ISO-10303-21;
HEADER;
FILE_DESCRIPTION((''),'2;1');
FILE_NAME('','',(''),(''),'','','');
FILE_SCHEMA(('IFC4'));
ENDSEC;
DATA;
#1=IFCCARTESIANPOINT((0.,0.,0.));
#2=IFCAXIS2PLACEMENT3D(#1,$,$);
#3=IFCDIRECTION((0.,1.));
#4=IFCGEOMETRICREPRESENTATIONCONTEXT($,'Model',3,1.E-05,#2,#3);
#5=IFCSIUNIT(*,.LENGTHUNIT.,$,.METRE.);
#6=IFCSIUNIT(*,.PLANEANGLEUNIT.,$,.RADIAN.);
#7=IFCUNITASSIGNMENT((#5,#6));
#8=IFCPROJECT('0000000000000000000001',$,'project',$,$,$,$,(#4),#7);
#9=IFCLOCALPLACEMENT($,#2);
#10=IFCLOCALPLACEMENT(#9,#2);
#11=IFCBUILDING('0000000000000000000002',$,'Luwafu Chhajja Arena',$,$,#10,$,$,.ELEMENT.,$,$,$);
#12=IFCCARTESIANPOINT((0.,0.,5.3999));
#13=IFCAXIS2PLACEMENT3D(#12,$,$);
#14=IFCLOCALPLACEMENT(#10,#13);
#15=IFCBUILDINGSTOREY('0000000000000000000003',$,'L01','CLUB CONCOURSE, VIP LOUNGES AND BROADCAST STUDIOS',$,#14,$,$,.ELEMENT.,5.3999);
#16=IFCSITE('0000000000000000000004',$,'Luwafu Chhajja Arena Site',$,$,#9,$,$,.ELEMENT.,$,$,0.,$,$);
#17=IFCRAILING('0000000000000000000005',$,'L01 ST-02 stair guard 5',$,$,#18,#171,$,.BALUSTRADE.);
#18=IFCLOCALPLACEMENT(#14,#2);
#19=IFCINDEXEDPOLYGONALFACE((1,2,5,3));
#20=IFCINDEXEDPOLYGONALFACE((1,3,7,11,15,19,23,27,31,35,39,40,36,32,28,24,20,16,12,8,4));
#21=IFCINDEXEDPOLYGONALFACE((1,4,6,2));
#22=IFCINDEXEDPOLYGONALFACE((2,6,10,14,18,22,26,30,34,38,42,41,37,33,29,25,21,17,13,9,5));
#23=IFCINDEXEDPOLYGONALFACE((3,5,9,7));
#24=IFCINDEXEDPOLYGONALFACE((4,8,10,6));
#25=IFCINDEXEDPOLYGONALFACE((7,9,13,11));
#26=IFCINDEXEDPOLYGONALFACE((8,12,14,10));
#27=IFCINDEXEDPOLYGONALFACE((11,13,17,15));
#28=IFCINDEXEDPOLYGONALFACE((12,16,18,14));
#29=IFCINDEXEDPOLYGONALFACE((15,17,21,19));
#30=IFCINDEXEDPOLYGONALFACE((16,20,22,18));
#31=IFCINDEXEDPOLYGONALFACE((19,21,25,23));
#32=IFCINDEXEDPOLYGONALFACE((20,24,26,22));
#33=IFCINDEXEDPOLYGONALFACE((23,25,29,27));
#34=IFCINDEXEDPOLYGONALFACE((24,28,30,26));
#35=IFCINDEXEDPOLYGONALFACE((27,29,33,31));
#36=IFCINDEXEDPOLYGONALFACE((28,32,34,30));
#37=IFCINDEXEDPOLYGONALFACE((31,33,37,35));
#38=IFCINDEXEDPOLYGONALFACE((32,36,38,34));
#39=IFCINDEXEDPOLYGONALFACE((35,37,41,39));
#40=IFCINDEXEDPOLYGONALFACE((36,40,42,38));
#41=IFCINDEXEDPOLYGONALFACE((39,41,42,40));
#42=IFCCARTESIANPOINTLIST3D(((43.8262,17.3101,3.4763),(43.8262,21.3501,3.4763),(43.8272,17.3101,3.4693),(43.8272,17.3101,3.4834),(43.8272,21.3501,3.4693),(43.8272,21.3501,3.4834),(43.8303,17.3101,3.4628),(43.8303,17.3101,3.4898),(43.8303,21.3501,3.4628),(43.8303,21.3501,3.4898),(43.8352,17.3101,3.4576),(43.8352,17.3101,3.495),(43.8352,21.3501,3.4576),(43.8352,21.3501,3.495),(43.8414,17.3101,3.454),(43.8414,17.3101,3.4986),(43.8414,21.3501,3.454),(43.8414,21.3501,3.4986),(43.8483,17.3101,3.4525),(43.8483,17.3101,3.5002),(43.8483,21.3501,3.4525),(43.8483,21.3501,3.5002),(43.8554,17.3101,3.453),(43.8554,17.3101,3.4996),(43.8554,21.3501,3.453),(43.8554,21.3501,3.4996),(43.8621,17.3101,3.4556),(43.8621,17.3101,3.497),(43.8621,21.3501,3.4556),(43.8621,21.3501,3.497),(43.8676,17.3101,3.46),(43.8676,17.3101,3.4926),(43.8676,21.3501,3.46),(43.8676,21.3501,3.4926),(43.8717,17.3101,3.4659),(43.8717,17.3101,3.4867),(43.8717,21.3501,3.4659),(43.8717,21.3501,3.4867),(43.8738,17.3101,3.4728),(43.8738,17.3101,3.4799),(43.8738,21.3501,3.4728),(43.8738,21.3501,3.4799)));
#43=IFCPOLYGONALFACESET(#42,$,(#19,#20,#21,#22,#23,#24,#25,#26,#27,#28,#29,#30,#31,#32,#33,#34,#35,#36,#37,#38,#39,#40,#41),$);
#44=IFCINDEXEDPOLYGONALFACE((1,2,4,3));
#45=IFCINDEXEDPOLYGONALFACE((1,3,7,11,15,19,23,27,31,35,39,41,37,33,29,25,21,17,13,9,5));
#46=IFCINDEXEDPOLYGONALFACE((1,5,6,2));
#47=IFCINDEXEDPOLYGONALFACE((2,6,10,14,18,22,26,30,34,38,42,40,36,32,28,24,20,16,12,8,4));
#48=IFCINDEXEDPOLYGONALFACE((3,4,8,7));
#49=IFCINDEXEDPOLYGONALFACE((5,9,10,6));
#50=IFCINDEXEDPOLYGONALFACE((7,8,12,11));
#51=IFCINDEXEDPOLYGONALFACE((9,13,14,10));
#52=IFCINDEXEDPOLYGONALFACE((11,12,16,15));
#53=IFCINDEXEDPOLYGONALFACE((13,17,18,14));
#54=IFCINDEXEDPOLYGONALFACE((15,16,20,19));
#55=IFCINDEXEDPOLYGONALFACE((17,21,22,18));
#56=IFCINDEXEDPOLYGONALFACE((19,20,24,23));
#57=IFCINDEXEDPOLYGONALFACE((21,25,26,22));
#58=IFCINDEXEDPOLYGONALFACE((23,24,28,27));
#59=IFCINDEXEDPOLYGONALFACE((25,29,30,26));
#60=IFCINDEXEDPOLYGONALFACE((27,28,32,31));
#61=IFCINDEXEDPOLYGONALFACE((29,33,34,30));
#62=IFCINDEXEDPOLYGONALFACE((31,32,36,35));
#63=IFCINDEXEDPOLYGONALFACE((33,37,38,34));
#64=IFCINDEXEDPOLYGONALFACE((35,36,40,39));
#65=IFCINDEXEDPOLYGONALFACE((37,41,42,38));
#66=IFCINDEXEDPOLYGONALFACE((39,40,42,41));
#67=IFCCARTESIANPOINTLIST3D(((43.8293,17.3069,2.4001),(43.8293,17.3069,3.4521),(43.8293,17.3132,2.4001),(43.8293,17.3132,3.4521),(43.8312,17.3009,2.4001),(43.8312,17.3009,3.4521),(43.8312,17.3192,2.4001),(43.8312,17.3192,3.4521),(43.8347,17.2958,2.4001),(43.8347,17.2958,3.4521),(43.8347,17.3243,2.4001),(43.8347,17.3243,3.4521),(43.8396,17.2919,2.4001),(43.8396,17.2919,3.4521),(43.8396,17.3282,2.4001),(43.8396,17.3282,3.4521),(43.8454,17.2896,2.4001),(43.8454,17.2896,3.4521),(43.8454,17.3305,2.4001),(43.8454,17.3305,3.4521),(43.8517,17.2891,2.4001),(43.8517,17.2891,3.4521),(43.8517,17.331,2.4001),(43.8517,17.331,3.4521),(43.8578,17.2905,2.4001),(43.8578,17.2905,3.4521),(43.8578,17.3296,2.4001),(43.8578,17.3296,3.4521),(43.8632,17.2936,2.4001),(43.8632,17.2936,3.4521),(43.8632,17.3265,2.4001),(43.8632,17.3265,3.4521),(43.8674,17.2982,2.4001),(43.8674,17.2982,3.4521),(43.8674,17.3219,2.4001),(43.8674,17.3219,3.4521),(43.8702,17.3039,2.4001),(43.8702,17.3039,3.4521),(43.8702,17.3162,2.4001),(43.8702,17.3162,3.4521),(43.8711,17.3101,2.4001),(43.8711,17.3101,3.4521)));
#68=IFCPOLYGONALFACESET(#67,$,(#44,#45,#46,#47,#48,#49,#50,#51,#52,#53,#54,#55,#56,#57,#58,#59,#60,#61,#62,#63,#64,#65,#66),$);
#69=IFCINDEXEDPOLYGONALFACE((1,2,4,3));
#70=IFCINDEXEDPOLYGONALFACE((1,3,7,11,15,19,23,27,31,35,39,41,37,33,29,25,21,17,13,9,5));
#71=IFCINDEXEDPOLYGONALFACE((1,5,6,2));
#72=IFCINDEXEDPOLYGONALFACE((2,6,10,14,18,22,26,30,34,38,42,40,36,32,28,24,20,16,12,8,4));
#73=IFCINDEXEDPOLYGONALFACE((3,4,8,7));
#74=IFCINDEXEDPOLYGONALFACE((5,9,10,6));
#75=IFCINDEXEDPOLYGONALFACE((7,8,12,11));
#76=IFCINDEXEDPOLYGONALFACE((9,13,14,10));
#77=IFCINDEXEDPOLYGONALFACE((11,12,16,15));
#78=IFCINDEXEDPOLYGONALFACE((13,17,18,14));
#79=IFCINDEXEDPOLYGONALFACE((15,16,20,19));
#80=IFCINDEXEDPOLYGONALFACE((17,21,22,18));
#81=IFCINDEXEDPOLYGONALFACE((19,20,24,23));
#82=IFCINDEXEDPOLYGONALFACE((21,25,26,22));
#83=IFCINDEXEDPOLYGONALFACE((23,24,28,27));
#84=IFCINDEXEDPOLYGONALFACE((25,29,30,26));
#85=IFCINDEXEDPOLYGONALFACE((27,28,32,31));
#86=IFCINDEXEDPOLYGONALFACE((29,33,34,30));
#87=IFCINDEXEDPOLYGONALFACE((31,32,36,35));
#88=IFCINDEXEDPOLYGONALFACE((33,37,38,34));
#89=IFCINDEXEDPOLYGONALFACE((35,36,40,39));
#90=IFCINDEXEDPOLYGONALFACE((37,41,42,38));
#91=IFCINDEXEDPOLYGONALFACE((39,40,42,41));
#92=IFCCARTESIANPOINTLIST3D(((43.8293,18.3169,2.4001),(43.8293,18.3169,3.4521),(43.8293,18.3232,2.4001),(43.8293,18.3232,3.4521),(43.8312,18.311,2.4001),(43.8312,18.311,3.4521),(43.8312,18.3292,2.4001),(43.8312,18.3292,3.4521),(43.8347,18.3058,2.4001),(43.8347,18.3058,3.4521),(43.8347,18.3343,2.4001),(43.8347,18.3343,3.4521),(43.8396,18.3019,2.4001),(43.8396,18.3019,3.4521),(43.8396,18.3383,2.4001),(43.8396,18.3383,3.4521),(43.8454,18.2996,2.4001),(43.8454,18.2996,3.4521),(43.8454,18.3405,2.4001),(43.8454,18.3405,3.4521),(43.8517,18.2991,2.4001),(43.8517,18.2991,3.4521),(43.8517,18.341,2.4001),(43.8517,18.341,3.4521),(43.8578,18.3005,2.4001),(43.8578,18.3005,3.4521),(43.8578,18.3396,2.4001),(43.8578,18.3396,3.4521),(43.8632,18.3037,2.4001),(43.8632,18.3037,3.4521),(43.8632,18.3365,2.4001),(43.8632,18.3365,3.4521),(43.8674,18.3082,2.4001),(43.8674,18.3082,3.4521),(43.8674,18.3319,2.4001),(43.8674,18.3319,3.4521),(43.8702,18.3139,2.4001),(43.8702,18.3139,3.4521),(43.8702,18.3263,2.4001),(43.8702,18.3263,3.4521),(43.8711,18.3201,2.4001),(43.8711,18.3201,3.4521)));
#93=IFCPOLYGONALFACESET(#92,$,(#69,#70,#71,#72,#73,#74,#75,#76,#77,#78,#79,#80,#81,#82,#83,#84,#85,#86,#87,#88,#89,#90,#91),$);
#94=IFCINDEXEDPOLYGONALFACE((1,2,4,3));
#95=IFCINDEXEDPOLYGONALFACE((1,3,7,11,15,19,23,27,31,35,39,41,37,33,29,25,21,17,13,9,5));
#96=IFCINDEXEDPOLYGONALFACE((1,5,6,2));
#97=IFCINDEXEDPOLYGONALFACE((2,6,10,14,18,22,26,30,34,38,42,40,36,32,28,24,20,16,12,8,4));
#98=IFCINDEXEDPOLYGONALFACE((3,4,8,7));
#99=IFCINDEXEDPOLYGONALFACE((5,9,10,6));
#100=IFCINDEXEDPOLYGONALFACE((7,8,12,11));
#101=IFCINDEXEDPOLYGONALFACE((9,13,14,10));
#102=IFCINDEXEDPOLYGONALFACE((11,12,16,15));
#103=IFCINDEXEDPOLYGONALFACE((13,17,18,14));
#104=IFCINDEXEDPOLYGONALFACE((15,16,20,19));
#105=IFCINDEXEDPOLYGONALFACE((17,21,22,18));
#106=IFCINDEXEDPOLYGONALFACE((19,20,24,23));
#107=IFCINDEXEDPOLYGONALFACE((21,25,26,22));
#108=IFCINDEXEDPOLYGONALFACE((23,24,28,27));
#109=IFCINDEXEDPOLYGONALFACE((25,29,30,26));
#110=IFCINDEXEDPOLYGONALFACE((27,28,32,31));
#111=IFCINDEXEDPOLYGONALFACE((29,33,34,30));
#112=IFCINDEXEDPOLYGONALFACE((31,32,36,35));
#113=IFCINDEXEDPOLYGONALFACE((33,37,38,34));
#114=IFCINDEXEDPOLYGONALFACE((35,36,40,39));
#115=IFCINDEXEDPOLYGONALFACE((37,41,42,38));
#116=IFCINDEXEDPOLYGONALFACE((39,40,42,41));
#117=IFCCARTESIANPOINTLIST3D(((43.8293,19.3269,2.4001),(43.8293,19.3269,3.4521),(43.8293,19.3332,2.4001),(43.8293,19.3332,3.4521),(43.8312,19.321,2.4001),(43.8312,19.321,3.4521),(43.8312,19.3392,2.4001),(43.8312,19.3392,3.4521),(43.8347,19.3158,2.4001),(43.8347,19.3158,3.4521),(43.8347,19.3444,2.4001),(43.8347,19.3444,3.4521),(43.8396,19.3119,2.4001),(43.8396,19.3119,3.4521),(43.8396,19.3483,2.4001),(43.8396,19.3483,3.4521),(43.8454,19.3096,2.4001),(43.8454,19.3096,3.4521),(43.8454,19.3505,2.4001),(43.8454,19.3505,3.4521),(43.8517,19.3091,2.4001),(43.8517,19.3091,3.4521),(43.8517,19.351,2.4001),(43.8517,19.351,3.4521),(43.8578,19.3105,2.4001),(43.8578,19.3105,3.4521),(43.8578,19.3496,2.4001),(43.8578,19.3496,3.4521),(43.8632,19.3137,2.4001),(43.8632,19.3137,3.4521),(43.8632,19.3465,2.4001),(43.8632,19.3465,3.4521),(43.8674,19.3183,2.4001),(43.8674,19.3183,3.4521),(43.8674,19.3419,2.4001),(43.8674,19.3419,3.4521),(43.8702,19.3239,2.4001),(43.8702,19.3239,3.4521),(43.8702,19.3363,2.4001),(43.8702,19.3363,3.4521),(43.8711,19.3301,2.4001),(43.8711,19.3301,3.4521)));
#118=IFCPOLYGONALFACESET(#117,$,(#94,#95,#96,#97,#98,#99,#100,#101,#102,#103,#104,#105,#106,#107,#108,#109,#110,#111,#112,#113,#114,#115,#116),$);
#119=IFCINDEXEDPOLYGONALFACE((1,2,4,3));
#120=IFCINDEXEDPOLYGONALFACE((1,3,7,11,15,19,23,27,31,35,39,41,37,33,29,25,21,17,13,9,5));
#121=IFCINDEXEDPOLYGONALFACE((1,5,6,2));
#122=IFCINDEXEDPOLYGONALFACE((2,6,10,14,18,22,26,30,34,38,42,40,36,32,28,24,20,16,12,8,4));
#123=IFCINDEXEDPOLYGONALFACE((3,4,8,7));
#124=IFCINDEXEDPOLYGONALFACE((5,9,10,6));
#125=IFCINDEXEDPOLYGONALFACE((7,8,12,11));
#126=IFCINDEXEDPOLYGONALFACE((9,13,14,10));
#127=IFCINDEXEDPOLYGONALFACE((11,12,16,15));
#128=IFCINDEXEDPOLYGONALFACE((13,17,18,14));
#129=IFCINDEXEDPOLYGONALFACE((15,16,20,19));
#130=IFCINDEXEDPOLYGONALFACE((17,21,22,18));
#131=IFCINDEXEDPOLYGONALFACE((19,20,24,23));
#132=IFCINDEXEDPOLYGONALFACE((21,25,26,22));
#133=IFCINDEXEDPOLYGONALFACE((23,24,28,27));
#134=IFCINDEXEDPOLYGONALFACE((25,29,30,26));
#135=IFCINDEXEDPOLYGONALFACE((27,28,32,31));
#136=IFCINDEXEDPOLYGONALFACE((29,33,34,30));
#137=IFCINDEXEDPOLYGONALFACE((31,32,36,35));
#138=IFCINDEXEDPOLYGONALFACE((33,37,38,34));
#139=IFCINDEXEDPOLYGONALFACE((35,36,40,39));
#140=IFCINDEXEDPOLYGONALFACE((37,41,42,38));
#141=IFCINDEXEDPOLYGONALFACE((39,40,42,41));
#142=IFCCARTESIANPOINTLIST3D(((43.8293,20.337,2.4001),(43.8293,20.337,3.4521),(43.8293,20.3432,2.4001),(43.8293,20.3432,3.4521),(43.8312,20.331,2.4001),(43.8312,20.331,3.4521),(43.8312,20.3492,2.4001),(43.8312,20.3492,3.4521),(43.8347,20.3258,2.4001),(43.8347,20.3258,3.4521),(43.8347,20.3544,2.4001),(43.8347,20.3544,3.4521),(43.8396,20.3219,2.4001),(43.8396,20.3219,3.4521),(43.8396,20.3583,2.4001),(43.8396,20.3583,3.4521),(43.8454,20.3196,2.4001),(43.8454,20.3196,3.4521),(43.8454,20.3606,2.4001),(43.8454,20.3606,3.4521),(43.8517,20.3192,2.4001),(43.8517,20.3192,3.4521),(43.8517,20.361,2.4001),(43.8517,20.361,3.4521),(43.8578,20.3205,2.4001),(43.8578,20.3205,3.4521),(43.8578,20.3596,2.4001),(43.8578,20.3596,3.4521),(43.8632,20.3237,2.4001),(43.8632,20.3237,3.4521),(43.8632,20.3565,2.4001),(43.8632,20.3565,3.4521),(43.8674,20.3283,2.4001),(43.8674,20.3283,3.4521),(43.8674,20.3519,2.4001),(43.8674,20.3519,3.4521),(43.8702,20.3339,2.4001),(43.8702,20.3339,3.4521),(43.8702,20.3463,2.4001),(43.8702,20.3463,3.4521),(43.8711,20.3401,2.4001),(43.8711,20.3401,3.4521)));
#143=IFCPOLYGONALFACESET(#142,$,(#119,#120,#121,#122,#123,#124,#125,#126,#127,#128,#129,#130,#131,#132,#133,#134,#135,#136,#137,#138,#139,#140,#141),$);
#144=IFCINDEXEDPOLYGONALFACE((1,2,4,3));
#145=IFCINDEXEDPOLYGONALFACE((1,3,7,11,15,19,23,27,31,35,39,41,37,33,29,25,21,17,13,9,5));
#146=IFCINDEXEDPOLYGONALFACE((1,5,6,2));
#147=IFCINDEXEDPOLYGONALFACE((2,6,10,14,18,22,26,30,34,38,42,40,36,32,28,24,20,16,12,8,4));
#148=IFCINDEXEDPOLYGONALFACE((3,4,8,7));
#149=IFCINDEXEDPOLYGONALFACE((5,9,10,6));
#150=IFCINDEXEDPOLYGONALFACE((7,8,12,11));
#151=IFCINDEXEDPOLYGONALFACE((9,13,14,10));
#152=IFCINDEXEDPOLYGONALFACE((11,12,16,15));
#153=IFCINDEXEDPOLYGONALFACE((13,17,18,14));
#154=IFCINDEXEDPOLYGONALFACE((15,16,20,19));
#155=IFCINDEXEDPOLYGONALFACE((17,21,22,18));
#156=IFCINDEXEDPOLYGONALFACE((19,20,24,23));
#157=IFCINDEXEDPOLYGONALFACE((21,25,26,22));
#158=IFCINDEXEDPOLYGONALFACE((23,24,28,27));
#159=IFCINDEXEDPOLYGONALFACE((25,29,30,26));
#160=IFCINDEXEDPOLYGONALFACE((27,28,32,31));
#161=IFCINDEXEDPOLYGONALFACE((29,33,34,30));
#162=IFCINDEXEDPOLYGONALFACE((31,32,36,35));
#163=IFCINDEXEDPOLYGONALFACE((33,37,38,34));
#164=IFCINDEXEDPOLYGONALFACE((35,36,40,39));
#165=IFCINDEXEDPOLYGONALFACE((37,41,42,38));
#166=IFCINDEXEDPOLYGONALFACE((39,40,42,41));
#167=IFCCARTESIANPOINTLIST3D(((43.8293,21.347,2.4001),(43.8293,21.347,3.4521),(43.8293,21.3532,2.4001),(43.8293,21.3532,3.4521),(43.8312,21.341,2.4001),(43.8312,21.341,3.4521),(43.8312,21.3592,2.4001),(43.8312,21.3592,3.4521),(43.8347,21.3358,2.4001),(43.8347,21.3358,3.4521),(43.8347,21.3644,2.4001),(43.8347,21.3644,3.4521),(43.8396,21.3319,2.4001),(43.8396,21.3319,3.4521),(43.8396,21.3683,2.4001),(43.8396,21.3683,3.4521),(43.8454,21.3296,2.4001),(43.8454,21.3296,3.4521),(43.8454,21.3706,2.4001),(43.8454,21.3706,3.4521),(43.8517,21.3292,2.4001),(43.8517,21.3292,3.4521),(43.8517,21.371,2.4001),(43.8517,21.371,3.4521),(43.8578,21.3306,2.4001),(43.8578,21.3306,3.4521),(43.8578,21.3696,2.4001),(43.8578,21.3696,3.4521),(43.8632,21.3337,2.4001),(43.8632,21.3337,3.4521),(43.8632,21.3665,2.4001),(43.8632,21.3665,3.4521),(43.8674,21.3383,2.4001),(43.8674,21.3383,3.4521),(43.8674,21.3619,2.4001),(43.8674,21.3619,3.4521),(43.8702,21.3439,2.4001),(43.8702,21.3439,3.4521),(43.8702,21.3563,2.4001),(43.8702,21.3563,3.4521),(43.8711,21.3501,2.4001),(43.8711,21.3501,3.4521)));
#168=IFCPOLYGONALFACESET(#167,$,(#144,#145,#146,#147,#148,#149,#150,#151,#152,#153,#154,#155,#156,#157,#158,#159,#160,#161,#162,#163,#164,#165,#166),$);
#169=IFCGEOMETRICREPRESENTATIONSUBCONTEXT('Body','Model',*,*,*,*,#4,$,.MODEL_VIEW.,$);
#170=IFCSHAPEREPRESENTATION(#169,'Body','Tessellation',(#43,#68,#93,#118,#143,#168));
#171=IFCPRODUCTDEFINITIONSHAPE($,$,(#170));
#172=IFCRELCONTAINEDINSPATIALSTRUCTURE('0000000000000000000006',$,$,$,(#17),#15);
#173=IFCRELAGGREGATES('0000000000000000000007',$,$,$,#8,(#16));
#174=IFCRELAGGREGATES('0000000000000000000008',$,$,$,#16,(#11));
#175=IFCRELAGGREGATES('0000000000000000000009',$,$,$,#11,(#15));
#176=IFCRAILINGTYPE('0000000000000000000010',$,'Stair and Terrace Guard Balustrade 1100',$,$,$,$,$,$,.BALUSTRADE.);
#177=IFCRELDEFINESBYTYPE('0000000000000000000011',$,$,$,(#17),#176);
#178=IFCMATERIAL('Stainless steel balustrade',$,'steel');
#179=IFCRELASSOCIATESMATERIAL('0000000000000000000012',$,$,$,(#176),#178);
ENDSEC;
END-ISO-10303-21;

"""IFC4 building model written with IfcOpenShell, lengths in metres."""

from ifc_helpers import new_model, si_unit, direction, frame, origin, origin_2d, place, context, subcontext, project, spatial, circle, extrude, material, type_object, element, save


model = new_model("IFC4")

# Units and contexts
model_context = context("Model", 3, precision=1e-05, world=origin(), true_north=direction((0.0, 1.0)))
body_context = subcontext(model_context, "Body", "Model", "MODEL_VIEW")
ifc_project = project(units=[si_unit("LENGTHUNIT", "METRE"), si_unit("PLANEANGLEUNIT", "RADIAN")], contexts=[model_context])

# Site, building, storey
site_placement = place(None, origin())
site = spatial("IfcSite", under=ifc_project, at=site_placement, Name="Luwafu Chhajja Arena Site", CompositionType="ELEMENT", RefElevation=0.0)
building_placement = place(site_placement, origin())
building = spatial("IfcBuilding", under=site, at=building_placement, Name="Luwafu Chhajja Arena", CompositionType="ELEMENT")
storey_placement = place(building_placement, frame((0.0, 0.0, 5.3999)))
storey = spatial("IfcBuildingStorey", under=building, at=storey_placement, Name="L01", Description="CLUB CONCOURSE, VIP LOUNGES AND BROADCAST STUDIOS", CompositionType="ELEMENT", Elevation=5.3999)

# Railing
ifc_material_1 = material(Name="Stainless steel balustrade", Category="steel")
railing_type_1 = type_object("IfcRailingType", Name="Stair and Terrace Guard Balustrade 1100", PredefinedType="BALUSTRADE", material=ifc_material_1)
railing_1_placement = place(storey_placement, frame((43.8501, 17.3101, 2.4001)))
element("IfcRailing", 1, at=railing_1_placement, inside=storey, type_object=railing_type_1, Name="L01 ST-02 stair guard 5", PredefinedType="BALUSTRADE", context=body_context, shape_type="SweptSolid", body=[
    extrude(circle(Radius=0.0239, at=origin_2d()), frame((0.0, 0.0, 1.0762), z_axis=(0.0, 1.0, 0.0), x_axis=(-1.0, 0.0, 0.0)), (0.0, 0.0, 1.0), 4.04),
    extrude(circle(Radius=0.021, at=origin_2d()), origin(), (0.0, 0.0, 1.0), 1.052),
    extrude(circle(Radius=0.021, at=origin_2d()), frame((0.0, 1.01, 0.0)), (0.0, 0.0, 1.0), 1.052),
    extrude(circle(Radius=0.021, at=origin_2d()), frame((0.0, 2.02, 0.0)), (0.0, 0.0, 1.0), 1.052),
    extrude(circle(Radius=0.021, at=origin_2d()), frame((0.0, 3.03, 0.0)), (0.0, 0.0, 1.0), 1.052),
    extrude(circle(Radius=0.021, at=origin_2d()), frame((0.0, 4.04, 0.0)), (0.0, 0.0, 1.0), 1.052),
])

save(model, "model.ifc")
